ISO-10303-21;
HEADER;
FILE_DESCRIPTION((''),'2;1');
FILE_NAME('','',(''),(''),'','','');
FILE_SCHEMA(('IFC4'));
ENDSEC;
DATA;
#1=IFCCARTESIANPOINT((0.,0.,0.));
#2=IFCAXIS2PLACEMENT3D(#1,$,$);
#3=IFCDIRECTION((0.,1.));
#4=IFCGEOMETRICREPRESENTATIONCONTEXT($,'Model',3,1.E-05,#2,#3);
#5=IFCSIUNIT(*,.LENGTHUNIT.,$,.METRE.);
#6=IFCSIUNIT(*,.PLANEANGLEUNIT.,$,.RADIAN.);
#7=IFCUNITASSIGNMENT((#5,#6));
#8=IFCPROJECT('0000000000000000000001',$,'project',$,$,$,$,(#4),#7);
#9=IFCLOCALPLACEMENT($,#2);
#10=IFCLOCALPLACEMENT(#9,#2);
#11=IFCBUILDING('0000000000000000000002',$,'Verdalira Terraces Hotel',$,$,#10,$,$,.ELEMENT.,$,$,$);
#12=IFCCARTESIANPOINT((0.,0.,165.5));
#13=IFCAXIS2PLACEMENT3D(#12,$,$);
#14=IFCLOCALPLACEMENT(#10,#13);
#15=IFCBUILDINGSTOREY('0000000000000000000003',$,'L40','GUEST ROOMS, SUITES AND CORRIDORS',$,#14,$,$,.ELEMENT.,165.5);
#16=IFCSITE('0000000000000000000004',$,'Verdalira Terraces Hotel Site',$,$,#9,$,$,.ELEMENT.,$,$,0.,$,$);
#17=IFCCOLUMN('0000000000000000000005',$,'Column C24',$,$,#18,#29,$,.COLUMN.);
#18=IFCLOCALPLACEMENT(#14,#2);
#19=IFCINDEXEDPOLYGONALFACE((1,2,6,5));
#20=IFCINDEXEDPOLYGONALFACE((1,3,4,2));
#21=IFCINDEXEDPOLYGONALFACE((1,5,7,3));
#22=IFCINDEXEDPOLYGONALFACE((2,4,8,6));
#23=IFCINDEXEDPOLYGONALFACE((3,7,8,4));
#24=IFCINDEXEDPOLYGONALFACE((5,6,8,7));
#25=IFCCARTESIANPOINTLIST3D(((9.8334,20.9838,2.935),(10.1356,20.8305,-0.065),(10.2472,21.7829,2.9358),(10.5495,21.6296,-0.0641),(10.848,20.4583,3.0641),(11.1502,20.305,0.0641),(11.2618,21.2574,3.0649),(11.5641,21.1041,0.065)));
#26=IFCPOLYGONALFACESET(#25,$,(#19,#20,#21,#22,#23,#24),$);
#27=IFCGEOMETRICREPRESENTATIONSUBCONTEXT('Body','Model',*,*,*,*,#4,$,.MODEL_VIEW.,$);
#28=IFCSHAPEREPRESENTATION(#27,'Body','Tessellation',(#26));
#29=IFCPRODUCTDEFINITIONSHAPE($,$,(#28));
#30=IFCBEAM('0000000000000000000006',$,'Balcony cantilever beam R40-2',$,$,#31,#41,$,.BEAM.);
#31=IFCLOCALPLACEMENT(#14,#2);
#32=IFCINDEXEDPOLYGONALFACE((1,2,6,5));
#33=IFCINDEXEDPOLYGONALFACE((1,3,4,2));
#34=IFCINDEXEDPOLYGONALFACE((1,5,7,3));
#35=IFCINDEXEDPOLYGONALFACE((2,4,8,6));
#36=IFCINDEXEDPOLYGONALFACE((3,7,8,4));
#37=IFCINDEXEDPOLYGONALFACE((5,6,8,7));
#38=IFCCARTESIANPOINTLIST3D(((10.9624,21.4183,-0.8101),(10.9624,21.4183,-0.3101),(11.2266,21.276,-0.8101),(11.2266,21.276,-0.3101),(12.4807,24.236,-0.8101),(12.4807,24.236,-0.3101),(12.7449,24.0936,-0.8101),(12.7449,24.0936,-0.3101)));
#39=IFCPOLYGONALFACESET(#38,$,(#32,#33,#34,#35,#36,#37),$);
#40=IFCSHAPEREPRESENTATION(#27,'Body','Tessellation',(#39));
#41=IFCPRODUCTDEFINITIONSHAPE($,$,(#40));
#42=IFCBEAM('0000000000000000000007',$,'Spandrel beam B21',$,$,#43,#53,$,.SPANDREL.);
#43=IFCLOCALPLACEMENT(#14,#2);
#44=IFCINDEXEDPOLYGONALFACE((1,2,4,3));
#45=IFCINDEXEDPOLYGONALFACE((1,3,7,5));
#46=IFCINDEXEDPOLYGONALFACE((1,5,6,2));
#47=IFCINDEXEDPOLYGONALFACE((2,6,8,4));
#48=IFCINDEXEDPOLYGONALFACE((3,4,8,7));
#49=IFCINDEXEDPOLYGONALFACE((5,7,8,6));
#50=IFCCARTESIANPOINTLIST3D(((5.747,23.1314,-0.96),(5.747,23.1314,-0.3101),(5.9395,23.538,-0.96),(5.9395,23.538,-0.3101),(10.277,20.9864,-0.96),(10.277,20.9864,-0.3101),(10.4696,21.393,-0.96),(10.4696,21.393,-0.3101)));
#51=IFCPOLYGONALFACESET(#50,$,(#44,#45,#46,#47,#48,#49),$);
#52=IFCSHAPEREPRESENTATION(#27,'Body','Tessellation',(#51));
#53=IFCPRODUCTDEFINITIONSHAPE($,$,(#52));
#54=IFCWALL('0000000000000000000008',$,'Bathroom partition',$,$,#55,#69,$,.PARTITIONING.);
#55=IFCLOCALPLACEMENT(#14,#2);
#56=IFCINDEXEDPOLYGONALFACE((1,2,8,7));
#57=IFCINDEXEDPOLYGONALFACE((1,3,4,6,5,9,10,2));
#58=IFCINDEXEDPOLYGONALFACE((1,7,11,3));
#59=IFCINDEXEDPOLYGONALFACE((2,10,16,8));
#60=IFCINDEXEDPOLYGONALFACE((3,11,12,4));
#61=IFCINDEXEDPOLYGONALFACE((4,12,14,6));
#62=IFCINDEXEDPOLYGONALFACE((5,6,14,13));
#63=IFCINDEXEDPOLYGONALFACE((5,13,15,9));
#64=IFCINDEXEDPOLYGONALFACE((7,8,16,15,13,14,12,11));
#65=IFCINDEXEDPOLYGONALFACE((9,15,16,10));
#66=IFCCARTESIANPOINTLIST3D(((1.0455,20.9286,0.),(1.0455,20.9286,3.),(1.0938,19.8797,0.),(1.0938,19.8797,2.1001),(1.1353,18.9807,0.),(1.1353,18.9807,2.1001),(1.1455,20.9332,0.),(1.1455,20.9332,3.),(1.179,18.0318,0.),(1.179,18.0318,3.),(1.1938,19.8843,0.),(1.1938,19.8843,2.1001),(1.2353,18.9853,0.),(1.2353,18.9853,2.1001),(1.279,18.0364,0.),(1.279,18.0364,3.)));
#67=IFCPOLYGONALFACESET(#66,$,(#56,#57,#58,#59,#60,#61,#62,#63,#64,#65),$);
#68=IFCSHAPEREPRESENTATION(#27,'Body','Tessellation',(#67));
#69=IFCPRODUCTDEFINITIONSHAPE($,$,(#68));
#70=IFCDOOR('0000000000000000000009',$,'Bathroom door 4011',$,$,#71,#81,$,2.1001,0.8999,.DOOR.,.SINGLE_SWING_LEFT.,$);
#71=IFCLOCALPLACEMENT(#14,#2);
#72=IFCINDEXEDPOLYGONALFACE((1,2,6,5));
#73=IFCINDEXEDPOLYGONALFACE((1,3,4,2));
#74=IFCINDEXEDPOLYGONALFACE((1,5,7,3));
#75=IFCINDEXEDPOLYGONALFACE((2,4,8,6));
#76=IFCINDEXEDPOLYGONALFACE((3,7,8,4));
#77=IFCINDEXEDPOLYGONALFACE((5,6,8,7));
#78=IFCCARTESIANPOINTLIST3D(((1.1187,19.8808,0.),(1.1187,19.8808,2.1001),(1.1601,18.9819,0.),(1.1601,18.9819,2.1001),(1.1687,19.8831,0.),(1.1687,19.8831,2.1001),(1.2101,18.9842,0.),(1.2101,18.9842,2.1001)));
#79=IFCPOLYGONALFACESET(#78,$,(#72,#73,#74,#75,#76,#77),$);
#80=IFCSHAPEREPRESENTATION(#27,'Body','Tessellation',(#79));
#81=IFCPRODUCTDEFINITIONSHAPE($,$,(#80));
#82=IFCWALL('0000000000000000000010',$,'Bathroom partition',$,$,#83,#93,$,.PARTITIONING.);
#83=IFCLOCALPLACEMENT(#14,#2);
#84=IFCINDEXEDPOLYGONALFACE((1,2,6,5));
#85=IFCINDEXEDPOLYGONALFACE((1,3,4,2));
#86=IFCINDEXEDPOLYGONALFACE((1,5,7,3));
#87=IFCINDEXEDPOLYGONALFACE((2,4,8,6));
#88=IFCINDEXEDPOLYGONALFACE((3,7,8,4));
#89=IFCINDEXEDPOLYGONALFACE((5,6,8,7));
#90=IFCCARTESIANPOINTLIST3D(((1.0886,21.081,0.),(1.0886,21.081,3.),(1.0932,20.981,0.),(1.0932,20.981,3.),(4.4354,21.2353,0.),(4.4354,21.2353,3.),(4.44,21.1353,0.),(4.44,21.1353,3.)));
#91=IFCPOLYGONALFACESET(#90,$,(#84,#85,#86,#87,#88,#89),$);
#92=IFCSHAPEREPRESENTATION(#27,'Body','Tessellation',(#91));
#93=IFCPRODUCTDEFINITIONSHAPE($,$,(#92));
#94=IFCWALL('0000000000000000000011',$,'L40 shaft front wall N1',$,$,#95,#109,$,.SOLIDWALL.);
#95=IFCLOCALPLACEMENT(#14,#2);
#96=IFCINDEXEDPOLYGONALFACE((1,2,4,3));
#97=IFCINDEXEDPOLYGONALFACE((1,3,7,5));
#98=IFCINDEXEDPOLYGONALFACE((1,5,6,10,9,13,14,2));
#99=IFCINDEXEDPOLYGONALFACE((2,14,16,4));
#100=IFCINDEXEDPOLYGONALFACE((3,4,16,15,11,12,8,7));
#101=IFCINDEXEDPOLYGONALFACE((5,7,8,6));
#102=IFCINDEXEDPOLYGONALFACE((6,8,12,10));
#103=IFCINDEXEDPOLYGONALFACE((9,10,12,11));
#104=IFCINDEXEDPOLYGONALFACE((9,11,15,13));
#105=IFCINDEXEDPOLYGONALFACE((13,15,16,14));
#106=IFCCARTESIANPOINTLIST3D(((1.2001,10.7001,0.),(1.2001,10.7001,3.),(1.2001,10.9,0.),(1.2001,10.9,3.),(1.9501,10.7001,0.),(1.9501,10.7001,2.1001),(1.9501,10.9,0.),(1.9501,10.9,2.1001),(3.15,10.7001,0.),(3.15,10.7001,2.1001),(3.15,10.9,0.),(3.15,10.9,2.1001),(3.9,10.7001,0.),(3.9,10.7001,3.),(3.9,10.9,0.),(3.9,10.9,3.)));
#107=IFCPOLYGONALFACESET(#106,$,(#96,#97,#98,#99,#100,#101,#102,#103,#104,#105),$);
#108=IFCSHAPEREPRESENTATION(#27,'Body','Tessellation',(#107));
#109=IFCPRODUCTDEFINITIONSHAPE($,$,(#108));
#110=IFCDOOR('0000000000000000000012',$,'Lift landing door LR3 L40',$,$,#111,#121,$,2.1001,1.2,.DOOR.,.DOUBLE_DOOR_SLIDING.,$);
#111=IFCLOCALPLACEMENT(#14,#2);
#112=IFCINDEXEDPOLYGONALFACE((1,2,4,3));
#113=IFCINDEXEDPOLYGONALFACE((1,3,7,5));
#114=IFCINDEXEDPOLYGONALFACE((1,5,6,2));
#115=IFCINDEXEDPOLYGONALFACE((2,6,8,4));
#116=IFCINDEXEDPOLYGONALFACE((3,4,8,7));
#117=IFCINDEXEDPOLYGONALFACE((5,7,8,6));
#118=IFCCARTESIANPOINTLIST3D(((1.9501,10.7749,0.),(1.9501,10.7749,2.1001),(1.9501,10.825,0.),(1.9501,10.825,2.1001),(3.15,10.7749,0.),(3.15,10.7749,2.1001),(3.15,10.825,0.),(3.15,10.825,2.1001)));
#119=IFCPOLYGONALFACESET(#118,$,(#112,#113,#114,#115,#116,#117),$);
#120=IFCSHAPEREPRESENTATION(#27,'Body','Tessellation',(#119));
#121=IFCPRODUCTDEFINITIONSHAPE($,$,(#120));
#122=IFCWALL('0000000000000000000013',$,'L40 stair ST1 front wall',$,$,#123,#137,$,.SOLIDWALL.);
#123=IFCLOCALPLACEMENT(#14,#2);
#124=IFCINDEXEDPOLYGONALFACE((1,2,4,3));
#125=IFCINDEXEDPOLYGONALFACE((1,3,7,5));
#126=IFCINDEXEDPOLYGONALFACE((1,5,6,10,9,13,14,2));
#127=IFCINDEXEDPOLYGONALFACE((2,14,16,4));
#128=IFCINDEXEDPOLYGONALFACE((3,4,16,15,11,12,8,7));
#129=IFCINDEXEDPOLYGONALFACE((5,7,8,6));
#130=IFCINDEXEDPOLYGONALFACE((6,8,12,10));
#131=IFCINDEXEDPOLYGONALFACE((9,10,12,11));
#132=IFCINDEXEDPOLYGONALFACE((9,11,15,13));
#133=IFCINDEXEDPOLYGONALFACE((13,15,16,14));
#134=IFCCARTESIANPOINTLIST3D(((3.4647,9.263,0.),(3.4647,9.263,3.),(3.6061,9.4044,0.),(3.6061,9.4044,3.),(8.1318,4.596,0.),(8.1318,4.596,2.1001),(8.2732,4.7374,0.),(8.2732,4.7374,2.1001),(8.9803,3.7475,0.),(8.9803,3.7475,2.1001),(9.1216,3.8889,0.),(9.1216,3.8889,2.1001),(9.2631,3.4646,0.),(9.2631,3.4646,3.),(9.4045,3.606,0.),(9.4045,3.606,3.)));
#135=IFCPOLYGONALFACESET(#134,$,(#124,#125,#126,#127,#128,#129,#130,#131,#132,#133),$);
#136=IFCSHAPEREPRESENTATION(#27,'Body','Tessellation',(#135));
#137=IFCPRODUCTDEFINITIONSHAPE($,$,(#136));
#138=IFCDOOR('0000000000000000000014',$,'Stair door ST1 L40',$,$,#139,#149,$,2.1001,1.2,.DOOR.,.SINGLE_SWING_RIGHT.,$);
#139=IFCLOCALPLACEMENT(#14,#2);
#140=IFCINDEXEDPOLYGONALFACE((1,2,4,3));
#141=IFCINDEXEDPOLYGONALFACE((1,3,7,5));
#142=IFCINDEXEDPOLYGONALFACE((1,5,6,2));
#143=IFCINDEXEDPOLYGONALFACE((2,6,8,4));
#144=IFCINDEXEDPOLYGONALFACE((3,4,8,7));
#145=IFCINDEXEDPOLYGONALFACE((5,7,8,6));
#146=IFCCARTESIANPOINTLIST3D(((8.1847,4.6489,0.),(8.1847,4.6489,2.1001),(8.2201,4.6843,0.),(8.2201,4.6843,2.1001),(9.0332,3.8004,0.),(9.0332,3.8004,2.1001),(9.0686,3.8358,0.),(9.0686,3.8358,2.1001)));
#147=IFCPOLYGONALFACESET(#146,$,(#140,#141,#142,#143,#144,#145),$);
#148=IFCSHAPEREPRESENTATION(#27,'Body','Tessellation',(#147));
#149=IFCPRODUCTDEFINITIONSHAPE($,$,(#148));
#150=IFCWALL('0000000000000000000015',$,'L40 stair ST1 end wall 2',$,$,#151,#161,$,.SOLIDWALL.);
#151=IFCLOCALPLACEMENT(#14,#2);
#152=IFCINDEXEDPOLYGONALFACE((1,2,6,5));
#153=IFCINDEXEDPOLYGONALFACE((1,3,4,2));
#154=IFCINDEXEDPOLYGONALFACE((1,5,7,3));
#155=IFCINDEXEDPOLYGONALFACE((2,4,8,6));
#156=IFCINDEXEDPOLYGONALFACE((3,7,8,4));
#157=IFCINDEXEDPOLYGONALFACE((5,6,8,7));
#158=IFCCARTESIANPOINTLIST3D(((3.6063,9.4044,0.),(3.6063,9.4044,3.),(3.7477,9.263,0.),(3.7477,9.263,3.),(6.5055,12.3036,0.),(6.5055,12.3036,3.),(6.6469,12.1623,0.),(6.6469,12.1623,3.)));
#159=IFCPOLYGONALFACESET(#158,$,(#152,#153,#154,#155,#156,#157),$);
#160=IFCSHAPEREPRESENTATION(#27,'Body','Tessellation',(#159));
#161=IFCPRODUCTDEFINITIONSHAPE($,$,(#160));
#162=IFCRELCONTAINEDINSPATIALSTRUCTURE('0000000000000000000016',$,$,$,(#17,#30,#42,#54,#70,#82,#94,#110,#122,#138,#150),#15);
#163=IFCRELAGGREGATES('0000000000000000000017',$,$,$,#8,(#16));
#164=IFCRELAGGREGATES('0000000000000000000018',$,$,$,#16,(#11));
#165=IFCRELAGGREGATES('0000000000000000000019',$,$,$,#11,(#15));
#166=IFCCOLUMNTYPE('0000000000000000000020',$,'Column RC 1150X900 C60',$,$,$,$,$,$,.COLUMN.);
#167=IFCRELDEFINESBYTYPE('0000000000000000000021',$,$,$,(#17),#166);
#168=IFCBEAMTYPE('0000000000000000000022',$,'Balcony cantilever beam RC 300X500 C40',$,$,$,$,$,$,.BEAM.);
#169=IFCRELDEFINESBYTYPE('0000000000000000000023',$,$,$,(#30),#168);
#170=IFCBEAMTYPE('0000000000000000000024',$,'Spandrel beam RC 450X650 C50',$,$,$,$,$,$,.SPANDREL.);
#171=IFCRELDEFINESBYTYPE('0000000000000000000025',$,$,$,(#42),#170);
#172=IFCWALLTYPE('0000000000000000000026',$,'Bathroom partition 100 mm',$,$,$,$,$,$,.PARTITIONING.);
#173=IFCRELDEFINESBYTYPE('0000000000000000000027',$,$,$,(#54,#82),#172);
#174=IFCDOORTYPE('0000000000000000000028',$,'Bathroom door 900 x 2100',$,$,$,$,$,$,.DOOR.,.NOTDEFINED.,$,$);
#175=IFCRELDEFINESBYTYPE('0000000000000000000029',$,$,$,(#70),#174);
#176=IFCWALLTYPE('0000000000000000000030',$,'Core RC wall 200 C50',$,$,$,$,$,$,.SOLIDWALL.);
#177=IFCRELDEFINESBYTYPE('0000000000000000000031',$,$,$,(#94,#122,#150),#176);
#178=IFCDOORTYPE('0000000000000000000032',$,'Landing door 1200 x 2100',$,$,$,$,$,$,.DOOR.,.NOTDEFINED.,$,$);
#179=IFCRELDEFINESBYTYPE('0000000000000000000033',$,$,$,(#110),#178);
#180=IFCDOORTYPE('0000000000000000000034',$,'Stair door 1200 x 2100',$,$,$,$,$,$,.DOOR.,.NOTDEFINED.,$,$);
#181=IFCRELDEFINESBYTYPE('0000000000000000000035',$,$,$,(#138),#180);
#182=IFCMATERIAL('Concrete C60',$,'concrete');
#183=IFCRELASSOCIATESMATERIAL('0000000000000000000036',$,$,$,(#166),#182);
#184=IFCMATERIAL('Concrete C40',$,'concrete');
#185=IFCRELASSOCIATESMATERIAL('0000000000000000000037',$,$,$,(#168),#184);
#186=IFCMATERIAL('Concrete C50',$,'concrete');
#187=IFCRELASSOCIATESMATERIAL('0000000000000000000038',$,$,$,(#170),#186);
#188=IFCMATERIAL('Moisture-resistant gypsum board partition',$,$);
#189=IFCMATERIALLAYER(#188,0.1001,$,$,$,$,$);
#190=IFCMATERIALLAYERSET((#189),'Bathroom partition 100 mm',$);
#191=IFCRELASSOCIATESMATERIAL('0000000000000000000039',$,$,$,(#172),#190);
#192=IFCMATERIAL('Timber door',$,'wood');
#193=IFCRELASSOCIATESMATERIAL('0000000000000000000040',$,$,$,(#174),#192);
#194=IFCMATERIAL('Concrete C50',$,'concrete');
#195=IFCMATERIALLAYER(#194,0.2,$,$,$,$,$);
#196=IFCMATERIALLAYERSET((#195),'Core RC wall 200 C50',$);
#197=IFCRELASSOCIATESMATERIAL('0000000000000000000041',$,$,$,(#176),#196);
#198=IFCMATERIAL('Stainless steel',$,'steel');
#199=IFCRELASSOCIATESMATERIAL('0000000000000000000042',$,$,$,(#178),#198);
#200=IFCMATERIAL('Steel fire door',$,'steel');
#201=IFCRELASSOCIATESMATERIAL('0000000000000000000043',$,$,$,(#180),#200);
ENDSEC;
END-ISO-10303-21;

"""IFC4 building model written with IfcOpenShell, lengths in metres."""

from ifc_helpers import new_model, si_unit, direction, frame, frame_2d, origin, origin_2d, place, context, subcontext, project, spatial, rectangle, extrude, material, layer, layer_set, material_profile, profile_set, type_object, element, fill, save


model = new_model("IFC4")

# Units and contexts
model_context = context("Model", 3, precision=1e-05, world=origin(), true_north=direction((0.0, 1.0)))
body_context = subcontext(model_context, "Body", "Model", "MODEL_VIEW")
ifc_project = project(units=[si_unit("LENGTHUNIT", "METRE"), si_unit("PLANEANGLEUNIT", "RADIAN")], contexts=[model_context])

# Site, building, storey
site_placement = place(None, origin())
site = spatial("IfcSite", under=ifc_project, at=site_placement, Name="Verdalira Terraces Hotel Site", CompositionType="ELEMENT", RefElevation=0.0)
building_placement = place(site_placement, origin())
building = spatial("IfcBuilding", under=site, at=building_placement, Name="Verdalira Terraces Hotel", CompositionType="ELEMENT")
storey_placement = place(building_placement, frame((0.0, 0.0, 165.5)))
storey = spatial("IfcBuildingStorey", under=building, at=storey_placement, Name="L40", Description="GUEST ROOMS, SUITES AND CORRIDORS", CompositionType="ELEMENT", Elevation=165.5)

# Column
ifc_material_1 = material(Name="Concrete C60", Category="concrete")
ifc_material_profile_1 = material_profile(ifc_material_1, rectangle(XDim=1.1499, YDim=0.8999, at=origin_2d()), Name="RC 1150X900")
ifc_profile_set_1 = profile_set([ifc_material_profile_1], Name="Concrete C60")
column_type = type_object("IfcColumnType", Name="Column RC 1150X900 C60", PredefinedType="COLUMN", material=ifc_profile_set_1)
column_placement = place(storey_placement, frame((10.8499, 20.9673, 0.0), z_axis=(-0.100112, 0.050784, 0.993679), x_axis=(-0.882336, 0.457037, -0.112252)))
element("IfcColumn", 1, at=column_placement, inside=storey, type_object=column_type, Name="Column C24", PredefinedType="COLUMN", context=body_context, shape_type="SweptSolid", body=[
    extrude(rectangle(XDim=1.1499, YDim=0.8999, at=origin_2d()), origin(), (0.0, 0.0, 1.0), 3.019),
])

# Beams
ifc_material_2 = material(Name="Concrete C40", Category="concrete")
ifc_material_profile_2 = material_profile(ifc_material_2, rectangle(XDim=0.3, YDim=0.5, at=origin_2d()), Name="RC 300X500")
ifc_profile_set_2 = profile_set([ifc_material_profile_2], Name="Concrete C40")
beam_type_1 = type_object("IfcBeamType", Name="Balcony cantilever beam RC 300X500 C40", PredefinedType="BEAM", material=ifc_profile_set_2)
beam_1_placement = place(storey_placement, frame((11.0945, 21.3472, -0.5601), z_axis=(0.474373, 0.880324, 0.0), x_axis=(-0.880324, 0.474373, 0.0)))
element("IfcBeam", 2, at=beam_1_placement, inside=storey, type_object=beam_type_1, Name="Balcony cantilever beam R40-2", PredefinedType="BEAM", context=body_context, shape_type="SweptSolid", body=[
    extrude(rectangle(XDim=0.3, YDim=0.5, at=origin_2d()), origin(), (0.0, 0.0, 1.0), 3.2007),
])
ifc_material_3 = material(Name="Concrete C50", Category="concrete")
ifc_material_profile_3 = material_profile(ifc_material_3, rectangle(XDim=0.45, YDim=0.6499, at=origin_2d()), Name="RC 450X650")
ifc_profile_set_3 = profile_set([ifc_material_profile_3], Name="Concrete C50")
beam_type_2 = type_object("IfcBeamType", Name="Spandrel beam RC 450X650 C50", PredefinedType="SPANDREL", material=ifc_profile_set_3)
beam_2_placement = place(storey_placement, frame((10.3733, 21.1897, -0.635), z_axis=(-0.903798, 0.427959, 0.0), x_axis=(-0.427959, -0.903798, 0.0)))
element("IfcBeam", 3, at=beam_2_placement, inside=storey, type_object=beam_type_2, Name="Spandrel beam B21", PredefinedType="SPANDREL", context=body_context, shape_type="SweptSolid", body=[
    extrude(rectangle(XDim=0.45, YDim=0.6499, at=origin_2d()), origin(), (0.0, 0.0, 1.0), 5.0122),
])

# Wall, opening, door
ifc_material_4 = material(Name="Moisture-resistant gypsum board partition")
ifc_layer_1 = layer(ifc_material_4, 0.1001)
ifc_layer_set_1 = layer_set([ifc_layer_1], Name="Bathroom partition 100 mm")
wall_type_1 = type_object("IfcWallType", Name="Bathroom partition 100 mm", PredefinedType="PARTITIONING", material=ifc_layer_set_1)
wall_1_placement = place(storey_placement, frame((1.0955, 20.9309, 0.0), z_axis=(0.0, 0.0, 1.0), x_axis=(0.046053, -0.998939, 0.0)))
wall_1 = element("IfcWall", 4, at=wall_1_placement, inside=storey, type_object=wall_type_1, Name="Bathroom partition", PredefinedType="PARTITIONING", context=body_context, shape_type="SweptSolid", body=[
    extrude(rectangle(XDim=2.8999, YDim=0.1001, at=frame_2d((1.45, 0.0))), origin(), (0.0, 0.0, 1.0), 3.0),
])
opening_1_placement = place(wall_1_placement, frame((1.05, 0.0, 0.0)))
opening_1 = element("IfcOpeningElement", 5, at=opening_1_placement, cuts=wall_1, PredefinedType="OPENING", context=body_context, shape_type="SweptSolid", body=[
    extrude(rectangle(XDim=0.8999, YDim=2.1001, at=frame_2d((0.45, 1.05))), frame((0.0, 0.0601, 0.0), z_axis=(0.0, -1.0, 0.0), x_axis=(1.0, 0.0, 0.0)), (0.0, 0.0, 1.0), 0.1201),
])
ifc_material_5 = material(Name="Timber door", Category="wood")
door_type_1 = type_object("IfcDoorType", Name="Bathroom door 900 x 2100", OperationType="NOTDEFINED", PredefinedType="DOOR", material=ifc_material_5)
door_1_placement = place(opening_1_placement, origin())
door_1 = element("IfcDoor", 6, at=door_1_placement, inside=storey, type_object=door_type_1, Name="Bathroom door 4011", OperationType="SINGLE_SWING_LEFT", OverallHeight=2.1001, OverallWidth=0.8999, PredefinedType="DOOR", context=body_context, shape_type="SweptSolid", body=[
    extrude(rectangle(XDim=0.8999, YDim=2.1001, at=frame_2d((0.45, 1.05))), frame((0.0, 0.0249, 0.0), z_axis=(0.0, -1.0, 0.0), x_axis=(1.0, 0.0, 0.0)), (0.0, 0.0, 1.0), 0.05),
])
fill(opening_1, door_1)

# Wall
wall_2_placement = place(storey_placement, frame((1.0908, 21.031, 0.0), z_axis=(0.0, 0.0, 1.0), x_axis=(0.998939, 0.046056, 0.0)))
element("IfcWall", 7, at=wall_2_placement, inside=storey, type_object=wall_type_1, Name="Bathroom partition", PredefinedType="PARTITIONING", context=body_context, shape_type="SweptSolid", body=[
    extrude(rectangle(XDim=3.3503, YDim=0.1001, at=frame_2d((1.6753, 0.0))), origin(), (0.0, 0.0, 1.0), 3.0),
])

# Walls, openings, doors
ifc_material_6 = material(Name="Concrete C50", Category="concrete")
ifc_layer_2 = layer(ifc_material_6, 0.2)
ifc_layer_set_2 = layer_set([ifc_layer_2], Name="Core RC wall 200 C50")
wall_type_2 = type_object("IfcWallType", Name="Core RC wall 200 C50", PredefinedType="SOLIDWALL", material=ifc_layer_set_2)
wall_3_placement = place(storey_placement, frame((1.2, 10.8, 0.0), z_axis=(0.0, 0.0, 1.0), x_axis=(1.0, 0.0, 0.0)))
wall_3 = element("IfcWall", 8, at=wall_3_placement, inside=storey, type_object=wall_type_2, Name="L40 shaft front wall N1", PredefinedType="SOLIDWALL", context=body_context, shape_type="SweptSolid", body=[
    extrude(rectangle(XDim=2.7, YDim=0.2, at=frame_2d((1.3501, 0.0))), origin(), (0.0, 0.0, 1.0), 3.0),
])
opening_2_placement = place(wall_3_placement, frame((0.75, 0.0, 0.0)))
opening_2 = element("IfcOpeningElement", 9, at=opening_2_placement, cuts=wall_3, PredefinedType="OPENING", context=body_context, shape_type="SweptSolid", body=[
    extrude(rectangle(XDim=1.2, YDim=2.1001, at=frame_2d((0.6001, 1.05))), frame((0.0, 0.1099, 0.0), z_axis=(0.0, -1.0, 0.0), x_axis=(1.0, 0.0, 0.0)), (0.0, 0.0, 1.0), 0.22),
])
ifc_material_7 = material(Name="Stainless steel", Category="steel")
door_type_2 = type_object("IfcDoorType", Name="Landing door 1200 x 2100", OperationType="NOTDEFINED", PredefinedType="DOOR", material=ifc_material_7)
door_2_placement = place(opening_2_placement, origin())
door_2 = element("IfcDoor", 10, at=door_2_placement, inside=storey, type_object=door_type_2, Name="Lift landing door LR3 L40", OperationType="DOUBLE_DOOR_SLIDING", OverallHeight=2.1001, OverallWidth=1.2, PredefinedType="DOOR", context=body_context, shape_type="SweptSolid", body=[
    extrude(rectangle(XDim=1.2, YDim=2.1001, at=frame_2d((0.6001, 1.05))), frame((0.0, 0.0249, 0.0), z_axis=(0.0, -1.0, 0.0), x_axis=(1.0, 0.0, 0.0)), (0.0, 0.0, 1.0), 0.05),
])
fill(opening_2, door_2)
wall_4_placement = place(storey_placement, frame((3.5354, 9.3337, 0.0), z_axis=(0.0, 0.0, 1.0), x_axis=(0.707107, -0.707107, 0.0)))
wall_4 = element("IfcWall", 11, at=wall_4_placement, inside=storey, type_object=wall_type_2, Name="L40 stair ST1 front wall", PredefinedType="SOLIDWALL", context=body_context, shape_type="SweptSolid", body=[
    extrude(rectangle(XDim=8.2002, YDim=0.2, at=frame_2d((4.1001, 0.0))), origin(), (0.0, 0.0, 1.0), 3.0),
])
opening_3_placement = place(wall_4_placement, frame((6.6001, 0.0, 0.0)))
opening_3 = element("IfcOpeningElement", 12, at=opening_3_placement, cuts=wall_4, PredefinedType="OPENING", context=body_context, shape_type="SweptSolid", body=[
    extrude(rectangle(XDim=1.2, YDim=2.1001, at=frame_2d((0.6001, 1.05))), frame((0.0, 0.1099, 0.0), z_axis=(0.0, -1.0, 0.0), x_axis=(1.0, 0.0, 0.0)), (0.0, 0.0, 1.0), 0.22),
])
ifc_material_8 = material(Name="Steel fire door", Category="steel")
door_type_3 = type_object("IfcDoorType", Name="Stair door 1200 x 2100", OperationType="NOTDEFINED", PredefinedType="DOOR", material=ifc_material_8)
door_3_placement = place(opening_3_placement, origin())
door_3 = element("IfcDoor", 13, at=door_3_placement, inside=storey, type_object=door_type_3, Name="Stair door ST1 L40", OperationType="SINGLE_SWING_RIGHT", OverallHeight=2.1001, OverallWidth=1.2, PredefinedType="DOOR", context=body_context, shape_type="SweptSolid", body=[
    extrude(rectangle(XDim=1.2, YDim=2.1001, at=frame_2d((0.6001, 1.05))), frame((0.0, 0.0249, 0.0), z_axis=(0.0, -1.0, 0.0), x_axis=(1.0, 0.0, 0.0)), (0.0, 0.0, 1.0), 0.05),
])
fill(opening_3, door_3)

# Wall
wall_5_placement = place(storey_placement, frame((3.677, 9.3337, 0.0), z_axis=(0.0, 0.0, 1.0), x_axis=(0.707107, 0.707107, 0.0)))
element("IfcWall", 14, at=wall_5_placement, inside=storey, type_object=wall_type_2, Name="L40 stair ST1 end wall 2", PredefinedType="SOLIDWALL", context=body_context, shape_type="SweptSolid", body=[
    extrude(rectangle(XDim=4.1001, YDim=0.2, at=frame_2d((2.05, 0.0))), origin(), (0.0, 0.0, 1.0), 3.0),
])

save(model, "model.ifc")
